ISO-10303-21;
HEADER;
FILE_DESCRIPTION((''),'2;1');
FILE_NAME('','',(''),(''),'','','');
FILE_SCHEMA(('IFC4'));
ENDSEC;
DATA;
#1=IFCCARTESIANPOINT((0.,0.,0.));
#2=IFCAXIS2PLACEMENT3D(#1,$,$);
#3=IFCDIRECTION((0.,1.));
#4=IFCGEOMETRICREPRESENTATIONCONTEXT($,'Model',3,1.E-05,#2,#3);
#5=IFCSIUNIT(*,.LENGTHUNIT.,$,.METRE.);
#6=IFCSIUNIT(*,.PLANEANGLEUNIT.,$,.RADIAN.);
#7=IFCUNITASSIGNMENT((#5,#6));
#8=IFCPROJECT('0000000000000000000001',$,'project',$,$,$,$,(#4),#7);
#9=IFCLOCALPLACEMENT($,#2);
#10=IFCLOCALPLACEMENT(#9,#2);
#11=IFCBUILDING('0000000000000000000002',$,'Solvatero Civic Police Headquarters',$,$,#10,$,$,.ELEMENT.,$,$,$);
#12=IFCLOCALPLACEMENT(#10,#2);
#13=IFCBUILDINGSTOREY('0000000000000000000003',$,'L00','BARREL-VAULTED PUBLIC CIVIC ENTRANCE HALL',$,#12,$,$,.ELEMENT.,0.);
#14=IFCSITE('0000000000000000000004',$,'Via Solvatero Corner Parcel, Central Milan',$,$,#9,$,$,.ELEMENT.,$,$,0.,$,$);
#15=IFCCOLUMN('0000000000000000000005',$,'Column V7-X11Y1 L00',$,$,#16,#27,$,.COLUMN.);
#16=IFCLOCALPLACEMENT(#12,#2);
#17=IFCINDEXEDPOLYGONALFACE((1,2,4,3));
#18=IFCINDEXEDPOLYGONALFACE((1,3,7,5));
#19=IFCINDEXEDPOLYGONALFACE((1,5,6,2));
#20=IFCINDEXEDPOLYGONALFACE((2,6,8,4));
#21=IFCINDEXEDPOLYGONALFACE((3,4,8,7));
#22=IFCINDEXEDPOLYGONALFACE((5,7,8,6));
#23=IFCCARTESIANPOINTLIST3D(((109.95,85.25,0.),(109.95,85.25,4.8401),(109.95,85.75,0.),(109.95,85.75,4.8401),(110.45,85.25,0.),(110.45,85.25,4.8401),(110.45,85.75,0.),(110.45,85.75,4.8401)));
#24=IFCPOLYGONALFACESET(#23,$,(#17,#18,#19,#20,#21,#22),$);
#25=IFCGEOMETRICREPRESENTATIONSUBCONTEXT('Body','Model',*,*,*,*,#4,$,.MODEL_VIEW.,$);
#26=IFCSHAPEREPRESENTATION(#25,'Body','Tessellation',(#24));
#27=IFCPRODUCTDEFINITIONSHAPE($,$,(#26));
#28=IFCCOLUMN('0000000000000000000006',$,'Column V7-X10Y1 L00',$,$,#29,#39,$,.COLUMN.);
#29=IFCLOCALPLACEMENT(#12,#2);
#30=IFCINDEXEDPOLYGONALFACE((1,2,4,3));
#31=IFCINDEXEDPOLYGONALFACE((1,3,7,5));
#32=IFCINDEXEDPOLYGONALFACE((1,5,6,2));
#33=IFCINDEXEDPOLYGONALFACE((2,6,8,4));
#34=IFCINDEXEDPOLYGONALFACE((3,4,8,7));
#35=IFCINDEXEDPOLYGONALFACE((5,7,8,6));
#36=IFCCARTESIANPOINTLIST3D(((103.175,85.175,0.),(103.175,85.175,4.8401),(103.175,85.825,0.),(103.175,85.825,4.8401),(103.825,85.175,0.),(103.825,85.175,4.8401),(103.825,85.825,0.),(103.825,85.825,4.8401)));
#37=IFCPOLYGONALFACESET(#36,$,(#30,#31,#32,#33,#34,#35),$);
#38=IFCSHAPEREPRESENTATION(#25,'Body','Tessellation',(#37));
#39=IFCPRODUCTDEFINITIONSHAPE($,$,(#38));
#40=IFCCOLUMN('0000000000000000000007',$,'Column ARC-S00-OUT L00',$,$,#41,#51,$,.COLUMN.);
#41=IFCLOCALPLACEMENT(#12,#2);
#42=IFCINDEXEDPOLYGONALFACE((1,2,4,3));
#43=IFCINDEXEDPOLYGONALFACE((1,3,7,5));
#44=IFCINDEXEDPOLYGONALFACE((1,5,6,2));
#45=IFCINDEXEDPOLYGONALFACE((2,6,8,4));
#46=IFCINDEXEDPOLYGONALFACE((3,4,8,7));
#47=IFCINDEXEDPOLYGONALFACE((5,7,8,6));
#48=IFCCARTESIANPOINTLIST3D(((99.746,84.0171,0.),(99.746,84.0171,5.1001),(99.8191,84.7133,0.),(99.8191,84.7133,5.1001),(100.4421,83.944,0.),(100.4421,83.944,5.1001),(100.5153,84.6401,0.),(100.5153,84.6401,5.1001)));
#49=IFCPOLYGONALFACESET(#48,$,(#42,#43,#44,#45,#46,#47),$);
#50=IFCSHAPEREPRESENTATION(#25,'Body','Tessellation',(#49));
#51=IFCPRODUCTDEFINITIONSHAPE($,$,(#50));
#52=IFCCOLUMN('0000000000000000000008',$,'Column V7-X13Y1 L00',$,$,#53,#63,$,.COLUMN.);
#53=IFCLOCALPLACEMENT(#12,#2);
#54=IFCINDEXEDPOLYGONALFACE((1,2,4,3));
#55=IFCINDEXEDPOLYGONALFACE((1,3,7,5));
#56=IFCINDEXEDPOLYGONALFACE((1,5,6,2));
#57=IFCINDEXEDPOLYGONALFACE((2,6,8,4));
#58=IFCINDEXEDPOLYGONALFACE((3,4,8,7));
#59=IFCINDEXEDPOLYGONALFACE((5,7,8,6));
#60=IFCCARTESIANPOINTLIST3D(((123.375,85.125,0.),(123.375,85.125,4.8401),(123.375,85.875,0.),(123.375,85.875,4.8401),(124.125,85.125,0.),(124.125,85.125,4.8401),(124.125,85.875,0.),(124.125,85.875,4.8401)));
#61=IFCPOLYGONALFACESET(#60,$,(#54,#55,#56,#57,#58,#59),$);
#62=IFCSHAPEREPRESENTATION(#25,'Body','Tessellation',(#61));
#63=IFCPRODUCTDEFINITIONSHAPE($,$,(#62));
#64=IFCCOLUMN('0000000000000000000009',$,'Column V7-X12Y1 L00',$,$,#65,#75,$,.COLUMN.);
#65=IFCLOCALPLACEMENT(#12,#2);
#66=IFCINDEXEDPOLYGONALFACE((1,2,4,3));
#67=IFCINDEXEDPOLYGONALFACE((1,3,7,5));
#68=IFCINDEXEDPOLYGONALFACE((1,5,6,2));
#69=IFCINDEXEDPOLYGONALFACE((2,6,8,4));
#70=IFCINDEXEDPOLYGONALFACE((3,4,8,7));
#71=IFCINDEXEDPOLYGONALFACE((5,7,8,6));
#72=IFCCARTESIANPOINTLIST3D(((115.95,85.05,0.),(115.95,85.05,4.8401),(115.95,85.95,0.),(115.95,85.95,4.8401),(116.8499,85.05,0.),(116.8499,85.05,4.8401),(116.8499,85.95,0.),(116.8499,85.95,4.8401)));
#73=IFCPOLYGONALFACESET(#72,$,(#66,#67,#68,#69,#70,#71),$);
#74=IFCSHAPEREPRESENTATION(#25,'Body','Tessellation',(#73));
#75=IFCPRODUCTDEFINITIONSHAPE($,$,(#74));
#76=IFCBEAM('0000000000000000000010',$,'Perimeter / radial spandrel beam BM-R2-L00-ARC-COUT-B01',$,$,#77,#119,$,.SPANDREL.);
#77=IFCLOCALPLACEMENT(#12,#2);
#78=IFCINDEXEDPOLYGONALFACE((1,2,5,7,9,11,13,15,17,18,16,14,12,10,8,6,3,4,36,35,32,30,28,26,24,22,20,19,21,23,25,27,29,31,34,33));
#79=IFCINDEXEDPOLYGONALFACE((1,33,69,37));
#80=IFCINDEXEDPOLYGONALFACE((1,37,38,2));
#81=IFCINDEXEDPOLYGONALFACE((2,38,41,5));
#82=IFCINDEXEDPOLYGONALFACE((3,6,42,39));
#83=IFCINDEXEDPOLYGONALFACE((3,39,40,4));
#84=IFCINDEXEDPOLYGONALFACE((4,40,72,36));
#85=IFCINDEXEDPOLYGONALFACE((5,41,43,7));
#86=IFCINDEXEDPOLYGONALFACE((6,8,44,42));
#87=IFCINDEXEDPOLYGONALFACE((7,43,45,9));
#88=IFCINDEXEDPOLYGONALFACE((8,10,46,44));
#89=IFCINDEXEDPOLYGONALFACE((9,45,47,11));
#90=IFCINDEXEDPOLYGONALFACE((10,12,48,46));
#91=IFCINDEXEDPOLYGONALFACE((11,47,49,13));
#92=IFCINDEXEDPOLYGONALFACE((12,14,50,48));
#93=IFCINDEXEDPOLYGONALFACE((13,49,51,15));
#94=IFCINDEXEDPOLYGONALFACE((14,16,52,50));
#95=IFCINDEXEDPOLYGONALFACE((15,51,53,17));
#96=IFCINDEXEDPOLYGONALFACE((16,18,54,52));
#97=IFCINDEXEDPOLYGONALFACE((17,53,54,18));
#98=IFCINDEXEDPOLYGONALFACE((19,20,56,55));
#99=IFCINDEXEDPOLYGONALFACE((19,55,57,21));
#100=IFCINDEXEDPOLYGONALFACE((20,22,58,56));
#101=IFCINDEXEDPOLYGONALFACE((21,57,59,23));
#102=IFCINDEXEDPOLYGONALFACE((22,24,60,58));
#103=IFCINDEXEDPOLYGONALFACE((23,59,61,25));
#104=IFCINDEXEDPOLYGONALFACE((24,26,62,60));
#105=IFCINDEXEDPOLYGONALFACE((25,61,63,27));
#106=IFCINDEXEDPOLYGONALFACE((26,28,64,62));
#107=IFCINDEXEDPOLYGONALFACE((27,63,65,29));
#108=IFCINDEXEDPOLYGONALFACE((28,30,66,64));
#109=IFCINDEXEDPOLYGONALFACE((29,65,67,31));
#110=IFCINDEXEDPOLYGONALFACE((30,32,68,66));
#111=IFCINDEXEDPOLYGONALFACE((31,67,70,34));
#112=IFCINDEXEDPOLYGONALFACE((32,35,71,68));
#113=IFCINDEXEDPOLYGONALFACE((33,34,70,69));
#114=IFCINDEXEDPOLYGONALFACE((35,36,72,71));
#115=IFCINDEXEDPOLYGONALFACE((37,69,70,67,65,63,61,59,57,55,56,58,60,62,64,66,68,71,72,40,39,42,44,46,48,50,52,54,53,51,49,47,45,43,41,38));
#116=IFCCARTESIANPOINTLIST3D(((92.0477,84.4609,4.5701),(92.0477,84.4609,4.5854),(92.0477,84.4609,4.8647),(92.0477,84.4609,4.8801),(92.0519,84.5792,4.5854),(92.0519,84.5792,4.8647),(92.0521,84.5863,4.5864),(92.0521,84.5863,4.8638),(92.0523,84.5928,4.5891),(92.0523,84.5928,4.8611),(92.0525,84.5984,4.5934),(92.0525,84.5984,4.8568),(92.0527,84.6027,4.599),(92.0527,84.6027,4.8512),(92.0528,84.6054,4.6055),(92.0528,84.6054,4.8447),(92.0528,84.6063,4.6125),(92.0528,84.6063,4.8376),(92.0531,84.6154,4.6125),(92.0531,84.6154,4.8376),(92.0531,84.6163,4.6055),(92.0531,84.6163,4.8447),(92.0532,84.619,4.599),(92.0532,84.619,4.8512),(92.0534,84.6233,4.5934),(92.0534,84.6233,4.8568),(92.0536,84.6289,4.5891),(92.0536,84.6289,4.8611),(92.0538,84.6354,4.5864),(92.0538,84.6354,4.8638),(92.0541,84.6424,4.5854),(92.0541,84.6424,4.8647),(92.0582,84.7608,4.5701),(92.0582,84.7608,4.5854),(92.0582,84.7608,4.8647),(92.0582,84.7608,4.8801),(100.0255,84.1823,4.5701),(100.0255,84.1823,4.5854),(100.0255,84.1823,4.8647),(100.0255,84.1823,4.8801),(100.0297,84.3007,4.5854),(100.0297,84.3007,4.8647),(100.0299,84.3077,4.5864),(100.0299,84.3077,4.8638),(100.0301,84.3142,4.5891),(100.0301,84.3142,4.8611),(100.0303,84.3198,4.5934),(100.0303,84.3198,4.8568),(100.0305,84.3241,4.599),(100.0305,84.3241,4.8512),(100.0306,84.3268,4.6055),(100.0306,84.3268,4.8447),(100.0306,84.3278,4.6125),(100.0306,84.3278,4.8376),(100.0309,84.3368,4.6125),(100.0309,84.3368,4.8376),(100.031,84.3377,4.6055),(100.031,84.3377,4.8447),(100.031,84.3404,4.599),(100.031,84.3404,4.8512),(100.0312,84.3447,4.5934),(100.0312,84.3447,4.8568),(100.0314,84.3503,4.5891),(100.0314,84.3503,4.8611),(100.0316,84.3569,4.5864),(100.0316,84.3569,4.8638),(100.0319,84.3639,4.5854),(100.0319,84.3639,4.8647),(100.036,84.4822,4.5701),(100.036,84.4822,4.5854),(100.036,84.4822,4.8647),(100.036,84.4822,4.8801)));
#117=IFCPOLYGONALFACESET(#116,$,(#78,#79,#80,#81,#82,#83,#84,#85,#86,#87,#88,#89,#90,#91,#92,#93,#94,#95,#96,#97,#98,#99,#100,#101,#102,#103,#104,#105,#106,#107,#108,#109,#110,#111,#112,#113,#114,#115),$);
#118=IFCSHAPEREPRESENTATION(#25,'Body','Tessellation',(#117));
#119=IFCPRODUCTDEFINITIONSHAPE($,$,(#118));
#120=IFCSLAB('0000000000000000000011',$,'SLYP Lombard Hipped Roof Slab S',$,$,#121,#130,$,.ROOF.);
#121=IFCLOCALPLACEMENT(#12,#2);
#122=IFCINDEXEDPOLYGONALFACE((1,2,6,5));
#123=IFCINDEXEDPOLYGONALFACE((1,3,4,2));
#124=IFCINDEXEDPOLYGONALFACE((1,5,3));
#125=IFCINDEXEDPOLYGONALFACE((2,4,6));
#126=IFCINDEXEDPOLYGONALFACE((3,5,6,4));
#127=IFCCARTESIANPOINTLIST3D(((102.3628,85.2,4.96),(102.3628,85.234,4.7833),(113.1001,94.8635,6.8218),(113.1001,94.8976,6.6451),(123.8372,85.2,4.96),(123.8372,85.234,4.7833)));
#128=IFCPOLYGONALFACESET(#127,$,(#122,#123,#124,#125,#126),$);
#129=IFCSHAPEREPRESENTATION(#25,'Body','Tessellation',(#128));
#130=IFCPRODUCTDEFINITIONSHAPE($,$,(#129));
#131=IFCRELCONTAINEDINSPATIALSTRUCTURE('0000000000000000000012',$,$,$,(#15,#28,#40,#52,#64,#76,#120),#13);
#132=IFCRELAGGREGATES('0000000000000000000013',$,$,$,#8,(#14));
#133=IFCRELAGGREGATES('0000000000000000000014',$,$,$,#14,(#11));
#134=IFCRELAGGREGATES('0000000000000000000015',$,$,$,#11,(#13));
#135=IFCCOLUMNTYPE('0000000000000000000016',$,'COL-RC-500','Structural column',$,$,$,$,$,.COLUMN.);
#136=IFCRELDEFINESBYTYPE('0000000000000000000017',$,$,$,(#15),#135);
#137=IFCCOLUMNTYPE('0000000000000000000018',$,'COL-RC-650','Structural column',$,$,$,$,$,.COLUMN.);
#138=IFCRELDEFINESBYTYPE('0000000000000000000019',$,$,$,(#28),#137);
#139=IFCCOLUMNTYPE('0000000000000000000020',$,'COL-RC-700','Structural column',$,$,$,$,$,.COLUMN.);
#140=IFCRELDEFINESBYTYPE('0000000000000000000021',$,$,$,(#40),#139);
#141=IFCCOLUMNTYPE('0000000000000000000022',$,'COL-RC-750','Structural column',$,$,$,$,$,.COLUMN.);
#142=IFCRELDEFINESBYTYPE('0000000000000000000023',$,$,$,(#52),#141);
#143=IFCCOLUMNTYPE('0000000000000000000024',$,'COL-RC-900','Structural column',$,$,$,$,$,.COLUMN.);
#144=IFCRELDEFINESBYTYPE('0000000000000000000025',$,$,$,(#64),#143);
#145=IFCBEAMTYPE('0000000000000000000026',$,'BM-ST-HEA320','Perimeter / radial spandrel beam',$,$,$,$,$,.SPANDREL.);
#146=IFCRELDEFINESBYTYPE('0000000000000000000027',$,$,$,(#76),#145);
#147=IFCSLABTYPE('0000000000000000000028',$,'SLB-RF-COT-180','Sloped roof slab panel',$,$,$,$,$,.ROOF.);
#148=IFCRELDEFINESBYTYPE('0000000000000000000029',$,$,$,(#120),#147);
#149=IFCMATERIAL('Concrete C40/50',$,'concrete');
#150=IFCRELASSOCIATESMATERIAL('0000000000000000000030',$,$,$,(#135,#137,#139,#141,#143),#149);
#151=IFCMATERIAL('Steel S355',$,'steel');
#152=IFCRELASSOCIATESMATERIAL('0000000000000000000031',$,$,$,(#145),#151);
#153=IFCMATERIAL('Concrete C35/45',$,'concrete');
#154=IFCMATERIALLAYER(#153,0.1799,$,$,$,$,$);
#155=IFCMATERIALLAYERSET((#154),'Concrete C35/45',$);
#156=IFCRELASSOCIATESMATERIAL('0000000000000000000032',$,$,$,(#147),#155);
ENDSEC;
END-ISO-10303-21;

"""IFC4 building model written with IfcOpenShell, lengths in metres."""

from ifc_helpers import new_model, si_unit, direction, frame, origin, origin_2d, place, context, subcontext, project, spatial, polyline, rectangle, i_section, outline, extrude, material, layer, layer_set, material_profile, profile_set, type_object, element, save


model = new_model("IFC4")

# Units and contexts
model_context = context("Model", 3, precision=1e-05, world=origin(), true_north=direction((0.0, 1.0)))
body_context = subcontext(model_context, "Body", "Model", "MODEL_VIEW")
ifc_project = project(units=[si_unit("LENGTHUNIT", "METRE"), si_unit("PLANEANGLEUNIT", "RADIAN")], contexts=[model_context])

# Site, building, storey
site_placement = place(None, origin())
site = spatial("IfcSite", under=ifc_project, at=site_placement, Name="Via Solvatero Corner Parcel, Central Milan", CompositionType="ELEMENT", RefElevation=0.0)
building_placement = place(site_placement, origin())
building = spatial("IfcBuilding", under=site, at=building_placement, Name="Solvatero Civic Police Headquarters", CompositionType="ELEMENT")
storey_placement = place(building_placement, origin())
storey = spatial("IfcBuildingStorey", under=building, at=storey_placement, Name="L00", Description="BARREL-VAULTED PUBLIC CIVIC ENTRANCE HALL", CompositionType="ELEMENT", Elevation=0.0)

# Columns
ifc_material_1 = material(Name="Concrete C40/50", Category="concrete")
ifc_material_profile_1 = material_profile(ifc_material_1, rectangle(XDim=0.5, YDim=0.5, at=origin_2d()), Name="RC 500x500")
ifc_profile_set_1 = profile_set([ifc_material_profile_1], Name="Concrete C40/50")
column_type_1 = type_object("IfcColumnType", Name="COL-RC-500", Description="Structural column", PredefinedType="COLUMN", material=ifc_profile_set_1)
column_1_placement = place(storey_placement, frame((110.2, 85.5, 0.0), z_axis=(0.0, 0.0, 1.0), x_axis=(1.0, 0.0, 0.0)))
element("IfcColumn", 1, at=column_1_placement, inside=storey, type_object=column_type_1, Name="Column V7-X11Y1 L00", PredefinedType="COLUMN", context=body_context, shape_type="SweptSolid", body=[
    extrude(rectangle(XDim=0.5, YDim=0.5, at=origin_2d()), origin(), (0.0, 0.0, 1.0), 4.8401),
])
ifc_material_profile_2 = material_profile(ifc_material_1, rectangle(XDim=0.6499, YDim=0.6499, at=origin_2d()), Name="RC 650x650")
ifc_profile_set_2 = profile_set([ifc_material_profile_2], Name="Concrete C40/50")
column_type_2 = type_object("IfcColumnType", Name="COL-RC-650", Description="Structural column", PredefinedType="COLUMN", material=ifc_profile_set_2)
column_2_placement = place(storey_placement, frame((103.5, 85.5, 0.0), z_axis=(0.0, 0.0, 1.0), x_axis=(1.0, 0.0, 0.0)))
element("IfcColumn", 2, at=column_2_placement, inside=storey, type_object=column_type_2, Name="Column V7-X10Y1 L00", PredefinedType="COLUMN", context=body_context, shape_type="SweptSolid", body=[
    extrude(rectangle(XDim=0.6499, YDim=0.6499, at=origin_2d()), origin(), (0.0, 0.0, 1.0), 4.8401),
])
ifc_material_profile_3 = material_profile(ifc_material_1, rectangle(XDim=0.7, YDim=0.7, at=origin_2d()), Name="RC 700x700")
ifc_profile_set_3 = profile_set([ifc_material_profile_3], Name="Concrete C40/50")
column_type_3 = type_object("IfcColumnType", Name="COL-RC-700", Description="Structural column", PredefinedType="COLUMN", material=ifc_profile_set_3)
column_3_placement = place(storey_placement, frame((100.1306, 84.3286, 0.0), z_axis=(0.0, 0.0, 1.0), x_axis=(0.994522, -0.104528, 0.0)))
element("IfcColumn", 3, at=column_3_placement, inside=storey, type_object=column_type_3, Name="Column ARC-S00-OUT L00", PredefinedType="COLUMN", context=body_context, shape_type="SweptSolid", body=[
    extrude(rectangle(XDim=0.7, YDim=0.7, at=origin_2d()), origin(), (0.0, 0.0, 1.0), 5.1001),
])
ifc_material_profile_4 = material_profile(ifc_material_1, rectangle(XDim=0.75, YDim=0.75, at=origin_2d()), Name="RC 750x750")
ifc_profile_set_4 = profile_set([ifc_material_profile_4], Name="Concrete C40/50")
column_type_4 = type_object("IfcColumnType", Name="COL-RC-750", Description="Structural column", PredefinedType="COLUMN", material=ifc_profile_set_4)
column_4_placement = place(storey_placement, frame((123.75, 85.5, 0.0), z_axis=(0.0, 0.0, 1.0), x_axis=(1.0, 0.0, 0.0)))
element("IfcColumn", 4, at=column_4_placement, inside=storey, type_object=column_type_4, Name="Column V7-X13Y1 L00", PredefinedType="COLUMN", context=body_context, shape_type="SweptSolid", body=[
    extrude(rectangle(XDim=0.75, YDim=0.75, at=origin_2d()), origin(), (0.0, 0.0, 1.0), 4.8401),
])
ifc_material_profile_5 = material_profile(ifc_material_1, rectangle(XDim=0.8999, YDim=0.8999, at=origin_2d()), Name="RC 900x900")
ifc_profile_set_5 = profile_set([ifc_material_profile_5], Name="Concrete C40/50")
column_type_5 = type_object("IfcColumnType", Name="COL-RC-900", Description="Structural column", PredefinedType="COLUMN", material=ifc_profile_set_5)
column_5_placement = place(storey_placement, frame((116.3999, 85.5, 0.0), z_axis=(0.0, 0.0, 1.0), x_axis=(1.0, 0.0, 0.0)))
element("IfcColumn", 5, at=column_5_placement, inside=storey, type_object=column_type_5, Name="Column V7-X12Y1 L00", PredefinedType="COLUMN", context=body_context, shape_type="SweptSolid", body=[
    extrude(rectangle(XDim=0.8999, YDim=0.8999, at=origin_2d()), origin(), (0.0, 0.0, 1.0), 4.8401),
])

# Beam
ifc_material_2 = material(Name="Steel S355", Category="steel")
ifc_material_profile_6 = material_profile(ifc_material_2, i_section(OverallWidth=0.3, OverallDepth=0.3101, WebThickness=0.009, FlangeThickness=0.0154, FilletRadius=0.0271, at=origin_2d()), Name="HEA 320")
ifc_profile_set_6 = profile_set([ifc_material_profile_6], Name="Steel S355")
beam_type = type_object("IfcBeamType", Name="BM-ST-HEA320", Description="Perimeter / radial spandrel beam", PredefinedType="SPANDREL", material=ifc_profile_set_6)
beam_placement = place(storey_placement, frame((100.0308, 84.3323, 4.7251), z_axis=(-0.999391, 0.034896, 0.0), x_axis=(-0.034896, -0.999391, 0.0)))
element("IfcBeam", 6, at=beam_placement, inside=storey, type_object=beam_type, Name="Perimeter / radial spandrel beam BM-R2-L00-ARC-COUT-B01", PredefinedType="SPANDREL", context=body_context, shape_type="SweptSolid", body=[
    extrude(i_section(OverallWidth=0.3, OverallDepth=0.3101, WebThickness=0.009, FlangeThickness=0.0154, FilletRadius=0.0271, at=origin_2d()), origin(), (0.0, 0.0, 1.0), 7.9827),
])

# Slab
ifc_material_3 = material(Name="Concrete C35/45", Category="concrete")
ifc_layer_1 = layer(ifc_material_3, 0.1799)
ifc_layer_set_1 = layer_set([ifc_layer_1], Name="Concrete C35/45")
slab_type = type_object("IfcSlabType", Name="SLB-RF-COT-180", Description="Sloped roof slab panel", PredefinedType="ROOF", material=ifc_layer_set_1)
slab_placement = place(storey_placement, frame((123.8372, 85.2, 4.96), z_axis=(0.0, -0.189184, 0.981942), x_axis=(-1.0, 0.0, 0.0)))
element("IfcSlab", 7, at=slab_placement, inside=storey, type_object=slab_type, Name="SLYP Lombard Hipped Roof Slab S", PredefinedType="ROOF", context=body_context, shape_type="SweptSolid", body=[
    extrude(outline(polyline([(0.0, 0.0), (21.4744, 0.0), (10.7371, -9.8413), (0.0, 0.0)])), origin(), (0.0, 0.0, -1.0), 0.1799),
])

save(model, "model.ifc")
